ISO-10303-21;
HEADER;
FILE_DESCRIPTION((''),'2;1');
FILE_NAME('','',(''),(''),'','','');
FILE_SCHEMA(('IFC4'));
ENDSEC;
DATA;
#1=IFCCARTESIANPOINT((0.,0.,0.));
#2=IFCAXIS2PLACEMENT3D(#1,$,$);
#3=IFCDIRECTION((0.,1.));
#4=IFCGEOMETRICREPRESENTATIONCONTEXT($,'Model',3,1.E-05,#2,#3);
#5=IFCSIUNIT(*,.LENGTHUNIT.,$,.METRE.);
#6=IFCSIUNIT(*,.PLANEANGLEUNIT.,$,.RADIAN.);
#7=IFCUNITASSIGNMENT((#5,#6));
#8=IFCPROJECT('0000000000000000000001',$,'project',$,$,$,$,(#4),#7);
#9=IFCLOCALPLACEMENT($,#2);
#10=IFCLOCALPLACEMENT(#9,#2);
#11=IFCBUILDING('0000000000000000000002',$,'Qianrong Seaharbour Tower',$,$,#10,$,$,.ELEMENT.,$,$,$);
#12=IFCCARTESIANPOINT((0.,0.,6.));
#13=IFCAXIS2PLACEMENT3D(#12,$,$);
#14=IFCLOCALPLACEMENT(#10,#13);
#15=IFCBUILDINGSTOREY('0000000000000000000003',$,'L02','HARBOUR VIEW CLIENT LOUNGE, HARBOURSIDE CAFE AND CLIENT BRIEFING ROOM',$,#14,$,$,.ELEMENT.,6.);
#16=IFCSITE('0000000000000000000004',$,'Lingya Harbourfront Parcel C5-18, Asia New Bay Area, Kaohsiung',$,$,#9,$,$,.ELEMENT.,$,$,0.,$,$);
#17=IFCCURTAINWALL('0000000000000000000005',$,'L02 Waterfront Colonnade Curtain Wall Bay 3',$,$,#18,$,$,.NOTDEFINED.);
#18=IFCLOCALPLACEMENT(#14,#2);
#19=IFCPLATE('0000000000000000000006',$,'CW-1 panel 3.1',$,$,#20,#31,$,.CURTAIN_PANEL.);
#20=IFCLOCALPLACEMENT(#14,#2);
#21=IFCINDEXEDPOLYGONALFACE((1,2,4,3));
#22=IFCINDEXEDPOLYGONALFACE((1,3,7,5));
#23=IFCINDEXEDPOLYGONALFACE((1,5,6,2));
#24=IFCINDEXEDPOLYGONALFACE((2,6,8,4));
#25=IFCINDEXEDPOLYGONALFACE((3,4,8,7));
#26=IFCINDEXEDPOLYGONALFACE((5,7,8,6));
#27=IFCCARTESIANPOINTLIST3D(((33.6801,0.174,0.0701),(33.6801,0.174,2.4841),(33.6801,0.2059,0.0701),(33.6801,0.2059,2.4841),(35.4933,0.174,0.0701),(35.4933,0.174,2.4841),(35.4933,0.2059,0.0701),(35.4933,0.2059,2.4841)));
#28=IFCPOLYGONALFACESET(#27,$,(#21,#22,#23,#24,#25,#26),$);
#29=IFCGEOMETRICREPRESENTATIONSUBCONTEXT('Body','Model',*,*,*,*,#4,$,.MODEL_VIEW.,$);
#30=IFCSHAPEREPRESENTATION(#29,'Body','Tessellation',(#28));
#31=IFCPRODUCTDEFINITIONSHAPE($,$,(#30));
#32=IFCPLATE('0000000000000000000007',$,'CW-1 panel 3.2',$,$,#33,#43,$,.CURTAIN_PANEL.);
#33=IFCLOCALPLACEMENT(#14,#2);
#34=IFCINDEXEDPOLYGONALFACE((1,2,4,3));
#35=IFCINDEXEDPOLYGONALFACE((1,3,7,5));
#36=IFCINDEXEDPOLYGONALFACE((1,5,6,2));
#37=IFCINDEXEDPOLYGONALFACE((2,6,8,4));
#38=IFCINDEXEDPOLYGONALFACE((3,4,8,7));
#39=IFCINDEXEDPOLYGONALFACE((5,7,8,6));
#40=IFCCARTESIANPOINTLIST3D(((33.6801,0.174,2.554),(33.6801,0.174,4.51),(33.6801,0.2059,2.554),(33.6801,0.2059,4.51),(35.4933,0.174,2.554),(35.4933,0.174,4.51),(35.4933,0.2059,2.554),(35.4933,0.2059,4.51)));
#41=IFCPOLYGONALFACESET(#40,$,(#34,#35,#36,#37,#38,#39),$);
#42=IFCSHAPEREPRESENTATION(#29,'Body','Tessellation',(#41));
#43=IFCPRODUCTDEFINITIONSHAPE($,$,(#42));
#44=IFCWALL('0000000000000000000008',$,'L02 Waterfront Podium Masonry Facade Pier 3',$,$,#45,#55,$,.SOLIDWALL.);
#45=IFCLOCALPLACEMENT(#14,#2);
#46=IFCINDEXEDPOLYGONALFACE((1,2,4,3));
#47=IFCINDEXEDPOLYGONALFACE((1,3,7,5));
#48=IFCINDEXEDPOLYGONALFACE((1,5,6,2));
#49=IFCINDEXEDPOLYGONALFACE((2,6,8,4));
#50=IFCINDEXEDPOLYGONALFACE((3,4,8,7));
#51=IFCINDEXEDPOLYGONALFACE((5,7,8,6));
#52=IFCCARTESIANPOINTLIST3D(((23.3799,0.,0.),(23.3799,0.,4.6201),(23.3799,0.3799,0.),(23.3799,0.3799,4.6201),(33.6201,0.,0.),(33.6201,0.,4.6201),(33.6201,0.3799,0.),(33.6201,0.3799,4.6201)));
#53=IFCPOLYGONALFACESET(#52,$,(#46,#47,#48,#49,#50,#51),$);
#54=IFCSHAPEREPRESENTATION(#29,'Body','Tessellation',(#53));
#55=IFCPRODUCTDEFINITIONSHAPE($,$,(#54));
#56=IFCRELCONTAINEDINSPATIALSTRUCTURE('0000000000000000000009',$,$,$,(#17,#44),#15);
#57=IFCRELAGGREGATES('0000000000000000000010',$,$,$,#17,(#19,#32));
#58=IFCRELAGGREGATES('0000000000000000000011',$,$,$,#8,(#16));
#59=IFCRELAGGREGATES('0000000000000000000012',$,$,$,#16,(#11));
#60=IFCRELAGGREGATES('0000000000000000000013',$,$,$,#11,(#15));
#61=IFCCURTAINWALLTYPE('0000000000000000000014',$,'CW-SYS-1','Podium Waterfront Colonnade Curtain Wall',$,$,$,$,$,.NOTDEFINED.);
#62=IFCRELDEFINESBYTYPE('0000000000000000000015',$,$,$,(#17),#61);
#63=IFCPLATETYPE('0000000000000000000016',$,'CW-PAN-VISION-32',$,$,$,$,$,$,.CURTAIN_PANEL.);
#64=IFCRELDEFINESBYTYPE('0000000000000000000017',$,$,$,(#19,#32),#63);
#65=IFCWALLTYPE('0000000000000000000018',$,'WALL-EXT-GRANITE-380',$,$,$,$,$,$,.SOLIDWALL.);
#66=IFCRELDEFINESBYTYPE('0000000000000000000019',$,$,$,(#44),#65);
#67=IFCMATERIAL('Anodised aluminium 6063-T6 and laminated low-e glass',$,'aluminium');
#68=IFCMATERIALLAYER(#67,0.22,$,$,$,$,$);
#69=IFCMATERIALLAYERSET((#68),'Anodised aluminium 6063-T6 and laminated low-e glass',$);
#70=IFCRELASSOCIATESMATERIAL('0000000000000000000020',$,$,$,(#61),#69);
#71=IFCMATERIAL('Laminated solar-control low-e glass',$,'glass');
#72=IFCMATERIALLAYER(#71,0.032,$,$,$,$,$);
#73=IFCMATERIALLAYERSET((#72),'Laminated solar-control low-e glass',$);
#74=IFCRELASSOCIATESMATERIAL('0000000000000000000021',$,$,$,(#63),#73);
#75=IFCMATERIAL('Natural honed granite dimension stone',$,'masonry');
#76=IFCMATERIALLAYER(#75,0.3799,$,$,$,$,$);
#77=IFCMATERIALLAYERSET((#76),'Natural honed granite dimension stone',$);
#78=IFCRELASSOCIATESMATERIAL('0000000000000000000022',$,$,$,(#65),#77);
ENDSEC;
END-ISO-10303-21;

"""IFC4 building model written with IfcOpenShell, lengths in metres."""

from ifc_helpers import new_model, si_unit, direction, frame, frame_2d, origin, origin_2d, place, context, subcontext, project, spatial, rectangle, extrude, material, layer, layer_set, type_object, element, aggregate, save


model = new_model("IFC4")

# Units and contexts
model_context = context("Model", 3, precision=1e-05, world=origin(), true_north=direction((0.0, 1.0)))
body_context = subcontext(model_context, "Body", "Model", "MODEL_VIEW")
ifc_project = project(units=[si_unit("LENGTHUNIT", "METRE"), si_unit("PLANEANGLEUNIT", "RADIAN")], contexts=[model_context])

# Site, building, storey
site_placement = place(None, origin())
site = spatial("IfcSite", under=ifc_project, at=site_placement, Name="Lingya Harbourfront Parcel C5-18, Asia New Bay Area, Kaohsiung", CompositionType="ELEMENT", RefElevation=0.0)
building_placement = place(site_placement, origin())
building = spatial("IfcBuilding", under=site, at=building_placement, Name="Qianrong Seaharbour Tower", CompositionType="ELEMENT")
storey_placement = place(building_placement, frame((0.0, 0.0, 6.0)))
storey = spatial("IfcBuildingStorey", under=building, at=storey_placement, Name="L02", Description="HARBOUR VIEW CLIENT LOUNGE, HARBOURSIDE CAFE AND CLIENT BRIEFING ROOM", CompositionType="ELEMENT", Elevation=6.0)

# Curtain wall, plates
ifc_material_1 = material(Name="Anodised aluminium 6063-T6 and laminated low-e glass", Category="aluminium")
ifc_layer_1 = layer(ifc_material_1, 0.22)
ifc_layer_set_1 = layer_set([ifc_layer_1], Name="Anodised aluminium 6063-T6 and laminated low-e glass")
curtain_wall_type = type_object("IfcCurtainWallType", Name="CW-SYS-1", Description="Podium Waterfront Colonnade Curtain Wall", PredefinedType="NOTDEFINED", material=ifc_layer_set_1)
curtain_wall_placement = place(storey_placement, origin())
curtain_wall = element("IfcCurtainWall", 1, at=curtain_wall_placement, inside=storey, type_object=curtain_wall_type, Name="L02 Waterfront Colonnade Curtain Wall Bay 3", PredefinedType="NOTDEFINED")
ifc_material_2 = material(Name="Laminated solar-control low-e glass", Category="glass")
ifc_layer_2 = layer(ifc_material_2, 0.032)
ifc_layer_set_2 = layer_set([ifc_layer_2], Name="Laminated solar-control low-e glass")
plate_type = type_object("IfcPlateType", Name="CW-PAN-VISION-32", PredefinedType="CURTAIN_PANEL", material=ifc_layer_set_2)
plate_1_placement = place(storey_placement, frame((34.5867, 0.1899, 0.0701), z_axis=(0.0, 0.0, 1.0), x_axis=(-1.0, 0.0, 0.0)))
plate_1 = element("IfcPlate", 2, at=plate_1_placement, type_object=plate_type, Name="CW-1 panel 3.1", PredefinedType="CURTAIN_PANEL", context=body_context, shape_type="SweptSolid", body=[
    extrude(rectangle(XDim=1.8132, YDim=0.032, at=origin_2d()), origin(), (0.0, 0.0, 1.0), 2.4141),
])
plate_2_placement = place(storey_placement, frame((34.5867, 0.1899, 2.554), z_axis=(0.0, 0.0, 1.0), x_axis=(-1.0, 0.0, 0.0)))
plate_2 = element("IfcPlate", 3, at=plate_2_placement, type_object=plate_type, Name="CW-1 panel 3.2", PredefinedType="CURTAIN_PANEL", context=body_context, shape_type="SweptSolid", body=[
    extrude(rectangle(XDim=1.8132, YDim=0.032, at=origin_2d()), origin(), (0.0, 0.0, 1.0), 1.9561),
])
aggregate(curtain_wall, [plate_1, plate_2])

# Wall
ifc_material_3 = material(Name="Natural honed granite dimension stone", Category="masonry")
ifc_layer_3 = layer(ifc_material_3, 0.3799)
ifc_layer_set_3 = layer_set([ifc_layer_3], Name="Natural honed granite dimension stone")
wall_type = type_object("IfcWallType", Name="WALL-EXT-GRANITE-380", PredefinedType="SOLIDWALL", material=ifc_layer_set_3)
wall_placement = place(storey_placement, frame((33.6201, 0.1899, 0.0), z_axis=(0.0, 0.0, 1.0), x_axis=(-1.0, 0.0, 0.0)))
element("IfcWall", 4, at=wall_placement, inside=storey, type_object=wall_type, Name="L02 Waterfront Podium Masonry Facade Pier 3", PredefinedType="SOLIDWALL", context=body_context, shape_type="SweptSolid", body=[
    extrude(rectangle(XDim=10.2402, YDim=0.3799, at=frame_2d((5.1201, 0.0))), origin(), (0.0, 0.0, 1.0), 4.6201),
])

save(model, "model.ifc")
